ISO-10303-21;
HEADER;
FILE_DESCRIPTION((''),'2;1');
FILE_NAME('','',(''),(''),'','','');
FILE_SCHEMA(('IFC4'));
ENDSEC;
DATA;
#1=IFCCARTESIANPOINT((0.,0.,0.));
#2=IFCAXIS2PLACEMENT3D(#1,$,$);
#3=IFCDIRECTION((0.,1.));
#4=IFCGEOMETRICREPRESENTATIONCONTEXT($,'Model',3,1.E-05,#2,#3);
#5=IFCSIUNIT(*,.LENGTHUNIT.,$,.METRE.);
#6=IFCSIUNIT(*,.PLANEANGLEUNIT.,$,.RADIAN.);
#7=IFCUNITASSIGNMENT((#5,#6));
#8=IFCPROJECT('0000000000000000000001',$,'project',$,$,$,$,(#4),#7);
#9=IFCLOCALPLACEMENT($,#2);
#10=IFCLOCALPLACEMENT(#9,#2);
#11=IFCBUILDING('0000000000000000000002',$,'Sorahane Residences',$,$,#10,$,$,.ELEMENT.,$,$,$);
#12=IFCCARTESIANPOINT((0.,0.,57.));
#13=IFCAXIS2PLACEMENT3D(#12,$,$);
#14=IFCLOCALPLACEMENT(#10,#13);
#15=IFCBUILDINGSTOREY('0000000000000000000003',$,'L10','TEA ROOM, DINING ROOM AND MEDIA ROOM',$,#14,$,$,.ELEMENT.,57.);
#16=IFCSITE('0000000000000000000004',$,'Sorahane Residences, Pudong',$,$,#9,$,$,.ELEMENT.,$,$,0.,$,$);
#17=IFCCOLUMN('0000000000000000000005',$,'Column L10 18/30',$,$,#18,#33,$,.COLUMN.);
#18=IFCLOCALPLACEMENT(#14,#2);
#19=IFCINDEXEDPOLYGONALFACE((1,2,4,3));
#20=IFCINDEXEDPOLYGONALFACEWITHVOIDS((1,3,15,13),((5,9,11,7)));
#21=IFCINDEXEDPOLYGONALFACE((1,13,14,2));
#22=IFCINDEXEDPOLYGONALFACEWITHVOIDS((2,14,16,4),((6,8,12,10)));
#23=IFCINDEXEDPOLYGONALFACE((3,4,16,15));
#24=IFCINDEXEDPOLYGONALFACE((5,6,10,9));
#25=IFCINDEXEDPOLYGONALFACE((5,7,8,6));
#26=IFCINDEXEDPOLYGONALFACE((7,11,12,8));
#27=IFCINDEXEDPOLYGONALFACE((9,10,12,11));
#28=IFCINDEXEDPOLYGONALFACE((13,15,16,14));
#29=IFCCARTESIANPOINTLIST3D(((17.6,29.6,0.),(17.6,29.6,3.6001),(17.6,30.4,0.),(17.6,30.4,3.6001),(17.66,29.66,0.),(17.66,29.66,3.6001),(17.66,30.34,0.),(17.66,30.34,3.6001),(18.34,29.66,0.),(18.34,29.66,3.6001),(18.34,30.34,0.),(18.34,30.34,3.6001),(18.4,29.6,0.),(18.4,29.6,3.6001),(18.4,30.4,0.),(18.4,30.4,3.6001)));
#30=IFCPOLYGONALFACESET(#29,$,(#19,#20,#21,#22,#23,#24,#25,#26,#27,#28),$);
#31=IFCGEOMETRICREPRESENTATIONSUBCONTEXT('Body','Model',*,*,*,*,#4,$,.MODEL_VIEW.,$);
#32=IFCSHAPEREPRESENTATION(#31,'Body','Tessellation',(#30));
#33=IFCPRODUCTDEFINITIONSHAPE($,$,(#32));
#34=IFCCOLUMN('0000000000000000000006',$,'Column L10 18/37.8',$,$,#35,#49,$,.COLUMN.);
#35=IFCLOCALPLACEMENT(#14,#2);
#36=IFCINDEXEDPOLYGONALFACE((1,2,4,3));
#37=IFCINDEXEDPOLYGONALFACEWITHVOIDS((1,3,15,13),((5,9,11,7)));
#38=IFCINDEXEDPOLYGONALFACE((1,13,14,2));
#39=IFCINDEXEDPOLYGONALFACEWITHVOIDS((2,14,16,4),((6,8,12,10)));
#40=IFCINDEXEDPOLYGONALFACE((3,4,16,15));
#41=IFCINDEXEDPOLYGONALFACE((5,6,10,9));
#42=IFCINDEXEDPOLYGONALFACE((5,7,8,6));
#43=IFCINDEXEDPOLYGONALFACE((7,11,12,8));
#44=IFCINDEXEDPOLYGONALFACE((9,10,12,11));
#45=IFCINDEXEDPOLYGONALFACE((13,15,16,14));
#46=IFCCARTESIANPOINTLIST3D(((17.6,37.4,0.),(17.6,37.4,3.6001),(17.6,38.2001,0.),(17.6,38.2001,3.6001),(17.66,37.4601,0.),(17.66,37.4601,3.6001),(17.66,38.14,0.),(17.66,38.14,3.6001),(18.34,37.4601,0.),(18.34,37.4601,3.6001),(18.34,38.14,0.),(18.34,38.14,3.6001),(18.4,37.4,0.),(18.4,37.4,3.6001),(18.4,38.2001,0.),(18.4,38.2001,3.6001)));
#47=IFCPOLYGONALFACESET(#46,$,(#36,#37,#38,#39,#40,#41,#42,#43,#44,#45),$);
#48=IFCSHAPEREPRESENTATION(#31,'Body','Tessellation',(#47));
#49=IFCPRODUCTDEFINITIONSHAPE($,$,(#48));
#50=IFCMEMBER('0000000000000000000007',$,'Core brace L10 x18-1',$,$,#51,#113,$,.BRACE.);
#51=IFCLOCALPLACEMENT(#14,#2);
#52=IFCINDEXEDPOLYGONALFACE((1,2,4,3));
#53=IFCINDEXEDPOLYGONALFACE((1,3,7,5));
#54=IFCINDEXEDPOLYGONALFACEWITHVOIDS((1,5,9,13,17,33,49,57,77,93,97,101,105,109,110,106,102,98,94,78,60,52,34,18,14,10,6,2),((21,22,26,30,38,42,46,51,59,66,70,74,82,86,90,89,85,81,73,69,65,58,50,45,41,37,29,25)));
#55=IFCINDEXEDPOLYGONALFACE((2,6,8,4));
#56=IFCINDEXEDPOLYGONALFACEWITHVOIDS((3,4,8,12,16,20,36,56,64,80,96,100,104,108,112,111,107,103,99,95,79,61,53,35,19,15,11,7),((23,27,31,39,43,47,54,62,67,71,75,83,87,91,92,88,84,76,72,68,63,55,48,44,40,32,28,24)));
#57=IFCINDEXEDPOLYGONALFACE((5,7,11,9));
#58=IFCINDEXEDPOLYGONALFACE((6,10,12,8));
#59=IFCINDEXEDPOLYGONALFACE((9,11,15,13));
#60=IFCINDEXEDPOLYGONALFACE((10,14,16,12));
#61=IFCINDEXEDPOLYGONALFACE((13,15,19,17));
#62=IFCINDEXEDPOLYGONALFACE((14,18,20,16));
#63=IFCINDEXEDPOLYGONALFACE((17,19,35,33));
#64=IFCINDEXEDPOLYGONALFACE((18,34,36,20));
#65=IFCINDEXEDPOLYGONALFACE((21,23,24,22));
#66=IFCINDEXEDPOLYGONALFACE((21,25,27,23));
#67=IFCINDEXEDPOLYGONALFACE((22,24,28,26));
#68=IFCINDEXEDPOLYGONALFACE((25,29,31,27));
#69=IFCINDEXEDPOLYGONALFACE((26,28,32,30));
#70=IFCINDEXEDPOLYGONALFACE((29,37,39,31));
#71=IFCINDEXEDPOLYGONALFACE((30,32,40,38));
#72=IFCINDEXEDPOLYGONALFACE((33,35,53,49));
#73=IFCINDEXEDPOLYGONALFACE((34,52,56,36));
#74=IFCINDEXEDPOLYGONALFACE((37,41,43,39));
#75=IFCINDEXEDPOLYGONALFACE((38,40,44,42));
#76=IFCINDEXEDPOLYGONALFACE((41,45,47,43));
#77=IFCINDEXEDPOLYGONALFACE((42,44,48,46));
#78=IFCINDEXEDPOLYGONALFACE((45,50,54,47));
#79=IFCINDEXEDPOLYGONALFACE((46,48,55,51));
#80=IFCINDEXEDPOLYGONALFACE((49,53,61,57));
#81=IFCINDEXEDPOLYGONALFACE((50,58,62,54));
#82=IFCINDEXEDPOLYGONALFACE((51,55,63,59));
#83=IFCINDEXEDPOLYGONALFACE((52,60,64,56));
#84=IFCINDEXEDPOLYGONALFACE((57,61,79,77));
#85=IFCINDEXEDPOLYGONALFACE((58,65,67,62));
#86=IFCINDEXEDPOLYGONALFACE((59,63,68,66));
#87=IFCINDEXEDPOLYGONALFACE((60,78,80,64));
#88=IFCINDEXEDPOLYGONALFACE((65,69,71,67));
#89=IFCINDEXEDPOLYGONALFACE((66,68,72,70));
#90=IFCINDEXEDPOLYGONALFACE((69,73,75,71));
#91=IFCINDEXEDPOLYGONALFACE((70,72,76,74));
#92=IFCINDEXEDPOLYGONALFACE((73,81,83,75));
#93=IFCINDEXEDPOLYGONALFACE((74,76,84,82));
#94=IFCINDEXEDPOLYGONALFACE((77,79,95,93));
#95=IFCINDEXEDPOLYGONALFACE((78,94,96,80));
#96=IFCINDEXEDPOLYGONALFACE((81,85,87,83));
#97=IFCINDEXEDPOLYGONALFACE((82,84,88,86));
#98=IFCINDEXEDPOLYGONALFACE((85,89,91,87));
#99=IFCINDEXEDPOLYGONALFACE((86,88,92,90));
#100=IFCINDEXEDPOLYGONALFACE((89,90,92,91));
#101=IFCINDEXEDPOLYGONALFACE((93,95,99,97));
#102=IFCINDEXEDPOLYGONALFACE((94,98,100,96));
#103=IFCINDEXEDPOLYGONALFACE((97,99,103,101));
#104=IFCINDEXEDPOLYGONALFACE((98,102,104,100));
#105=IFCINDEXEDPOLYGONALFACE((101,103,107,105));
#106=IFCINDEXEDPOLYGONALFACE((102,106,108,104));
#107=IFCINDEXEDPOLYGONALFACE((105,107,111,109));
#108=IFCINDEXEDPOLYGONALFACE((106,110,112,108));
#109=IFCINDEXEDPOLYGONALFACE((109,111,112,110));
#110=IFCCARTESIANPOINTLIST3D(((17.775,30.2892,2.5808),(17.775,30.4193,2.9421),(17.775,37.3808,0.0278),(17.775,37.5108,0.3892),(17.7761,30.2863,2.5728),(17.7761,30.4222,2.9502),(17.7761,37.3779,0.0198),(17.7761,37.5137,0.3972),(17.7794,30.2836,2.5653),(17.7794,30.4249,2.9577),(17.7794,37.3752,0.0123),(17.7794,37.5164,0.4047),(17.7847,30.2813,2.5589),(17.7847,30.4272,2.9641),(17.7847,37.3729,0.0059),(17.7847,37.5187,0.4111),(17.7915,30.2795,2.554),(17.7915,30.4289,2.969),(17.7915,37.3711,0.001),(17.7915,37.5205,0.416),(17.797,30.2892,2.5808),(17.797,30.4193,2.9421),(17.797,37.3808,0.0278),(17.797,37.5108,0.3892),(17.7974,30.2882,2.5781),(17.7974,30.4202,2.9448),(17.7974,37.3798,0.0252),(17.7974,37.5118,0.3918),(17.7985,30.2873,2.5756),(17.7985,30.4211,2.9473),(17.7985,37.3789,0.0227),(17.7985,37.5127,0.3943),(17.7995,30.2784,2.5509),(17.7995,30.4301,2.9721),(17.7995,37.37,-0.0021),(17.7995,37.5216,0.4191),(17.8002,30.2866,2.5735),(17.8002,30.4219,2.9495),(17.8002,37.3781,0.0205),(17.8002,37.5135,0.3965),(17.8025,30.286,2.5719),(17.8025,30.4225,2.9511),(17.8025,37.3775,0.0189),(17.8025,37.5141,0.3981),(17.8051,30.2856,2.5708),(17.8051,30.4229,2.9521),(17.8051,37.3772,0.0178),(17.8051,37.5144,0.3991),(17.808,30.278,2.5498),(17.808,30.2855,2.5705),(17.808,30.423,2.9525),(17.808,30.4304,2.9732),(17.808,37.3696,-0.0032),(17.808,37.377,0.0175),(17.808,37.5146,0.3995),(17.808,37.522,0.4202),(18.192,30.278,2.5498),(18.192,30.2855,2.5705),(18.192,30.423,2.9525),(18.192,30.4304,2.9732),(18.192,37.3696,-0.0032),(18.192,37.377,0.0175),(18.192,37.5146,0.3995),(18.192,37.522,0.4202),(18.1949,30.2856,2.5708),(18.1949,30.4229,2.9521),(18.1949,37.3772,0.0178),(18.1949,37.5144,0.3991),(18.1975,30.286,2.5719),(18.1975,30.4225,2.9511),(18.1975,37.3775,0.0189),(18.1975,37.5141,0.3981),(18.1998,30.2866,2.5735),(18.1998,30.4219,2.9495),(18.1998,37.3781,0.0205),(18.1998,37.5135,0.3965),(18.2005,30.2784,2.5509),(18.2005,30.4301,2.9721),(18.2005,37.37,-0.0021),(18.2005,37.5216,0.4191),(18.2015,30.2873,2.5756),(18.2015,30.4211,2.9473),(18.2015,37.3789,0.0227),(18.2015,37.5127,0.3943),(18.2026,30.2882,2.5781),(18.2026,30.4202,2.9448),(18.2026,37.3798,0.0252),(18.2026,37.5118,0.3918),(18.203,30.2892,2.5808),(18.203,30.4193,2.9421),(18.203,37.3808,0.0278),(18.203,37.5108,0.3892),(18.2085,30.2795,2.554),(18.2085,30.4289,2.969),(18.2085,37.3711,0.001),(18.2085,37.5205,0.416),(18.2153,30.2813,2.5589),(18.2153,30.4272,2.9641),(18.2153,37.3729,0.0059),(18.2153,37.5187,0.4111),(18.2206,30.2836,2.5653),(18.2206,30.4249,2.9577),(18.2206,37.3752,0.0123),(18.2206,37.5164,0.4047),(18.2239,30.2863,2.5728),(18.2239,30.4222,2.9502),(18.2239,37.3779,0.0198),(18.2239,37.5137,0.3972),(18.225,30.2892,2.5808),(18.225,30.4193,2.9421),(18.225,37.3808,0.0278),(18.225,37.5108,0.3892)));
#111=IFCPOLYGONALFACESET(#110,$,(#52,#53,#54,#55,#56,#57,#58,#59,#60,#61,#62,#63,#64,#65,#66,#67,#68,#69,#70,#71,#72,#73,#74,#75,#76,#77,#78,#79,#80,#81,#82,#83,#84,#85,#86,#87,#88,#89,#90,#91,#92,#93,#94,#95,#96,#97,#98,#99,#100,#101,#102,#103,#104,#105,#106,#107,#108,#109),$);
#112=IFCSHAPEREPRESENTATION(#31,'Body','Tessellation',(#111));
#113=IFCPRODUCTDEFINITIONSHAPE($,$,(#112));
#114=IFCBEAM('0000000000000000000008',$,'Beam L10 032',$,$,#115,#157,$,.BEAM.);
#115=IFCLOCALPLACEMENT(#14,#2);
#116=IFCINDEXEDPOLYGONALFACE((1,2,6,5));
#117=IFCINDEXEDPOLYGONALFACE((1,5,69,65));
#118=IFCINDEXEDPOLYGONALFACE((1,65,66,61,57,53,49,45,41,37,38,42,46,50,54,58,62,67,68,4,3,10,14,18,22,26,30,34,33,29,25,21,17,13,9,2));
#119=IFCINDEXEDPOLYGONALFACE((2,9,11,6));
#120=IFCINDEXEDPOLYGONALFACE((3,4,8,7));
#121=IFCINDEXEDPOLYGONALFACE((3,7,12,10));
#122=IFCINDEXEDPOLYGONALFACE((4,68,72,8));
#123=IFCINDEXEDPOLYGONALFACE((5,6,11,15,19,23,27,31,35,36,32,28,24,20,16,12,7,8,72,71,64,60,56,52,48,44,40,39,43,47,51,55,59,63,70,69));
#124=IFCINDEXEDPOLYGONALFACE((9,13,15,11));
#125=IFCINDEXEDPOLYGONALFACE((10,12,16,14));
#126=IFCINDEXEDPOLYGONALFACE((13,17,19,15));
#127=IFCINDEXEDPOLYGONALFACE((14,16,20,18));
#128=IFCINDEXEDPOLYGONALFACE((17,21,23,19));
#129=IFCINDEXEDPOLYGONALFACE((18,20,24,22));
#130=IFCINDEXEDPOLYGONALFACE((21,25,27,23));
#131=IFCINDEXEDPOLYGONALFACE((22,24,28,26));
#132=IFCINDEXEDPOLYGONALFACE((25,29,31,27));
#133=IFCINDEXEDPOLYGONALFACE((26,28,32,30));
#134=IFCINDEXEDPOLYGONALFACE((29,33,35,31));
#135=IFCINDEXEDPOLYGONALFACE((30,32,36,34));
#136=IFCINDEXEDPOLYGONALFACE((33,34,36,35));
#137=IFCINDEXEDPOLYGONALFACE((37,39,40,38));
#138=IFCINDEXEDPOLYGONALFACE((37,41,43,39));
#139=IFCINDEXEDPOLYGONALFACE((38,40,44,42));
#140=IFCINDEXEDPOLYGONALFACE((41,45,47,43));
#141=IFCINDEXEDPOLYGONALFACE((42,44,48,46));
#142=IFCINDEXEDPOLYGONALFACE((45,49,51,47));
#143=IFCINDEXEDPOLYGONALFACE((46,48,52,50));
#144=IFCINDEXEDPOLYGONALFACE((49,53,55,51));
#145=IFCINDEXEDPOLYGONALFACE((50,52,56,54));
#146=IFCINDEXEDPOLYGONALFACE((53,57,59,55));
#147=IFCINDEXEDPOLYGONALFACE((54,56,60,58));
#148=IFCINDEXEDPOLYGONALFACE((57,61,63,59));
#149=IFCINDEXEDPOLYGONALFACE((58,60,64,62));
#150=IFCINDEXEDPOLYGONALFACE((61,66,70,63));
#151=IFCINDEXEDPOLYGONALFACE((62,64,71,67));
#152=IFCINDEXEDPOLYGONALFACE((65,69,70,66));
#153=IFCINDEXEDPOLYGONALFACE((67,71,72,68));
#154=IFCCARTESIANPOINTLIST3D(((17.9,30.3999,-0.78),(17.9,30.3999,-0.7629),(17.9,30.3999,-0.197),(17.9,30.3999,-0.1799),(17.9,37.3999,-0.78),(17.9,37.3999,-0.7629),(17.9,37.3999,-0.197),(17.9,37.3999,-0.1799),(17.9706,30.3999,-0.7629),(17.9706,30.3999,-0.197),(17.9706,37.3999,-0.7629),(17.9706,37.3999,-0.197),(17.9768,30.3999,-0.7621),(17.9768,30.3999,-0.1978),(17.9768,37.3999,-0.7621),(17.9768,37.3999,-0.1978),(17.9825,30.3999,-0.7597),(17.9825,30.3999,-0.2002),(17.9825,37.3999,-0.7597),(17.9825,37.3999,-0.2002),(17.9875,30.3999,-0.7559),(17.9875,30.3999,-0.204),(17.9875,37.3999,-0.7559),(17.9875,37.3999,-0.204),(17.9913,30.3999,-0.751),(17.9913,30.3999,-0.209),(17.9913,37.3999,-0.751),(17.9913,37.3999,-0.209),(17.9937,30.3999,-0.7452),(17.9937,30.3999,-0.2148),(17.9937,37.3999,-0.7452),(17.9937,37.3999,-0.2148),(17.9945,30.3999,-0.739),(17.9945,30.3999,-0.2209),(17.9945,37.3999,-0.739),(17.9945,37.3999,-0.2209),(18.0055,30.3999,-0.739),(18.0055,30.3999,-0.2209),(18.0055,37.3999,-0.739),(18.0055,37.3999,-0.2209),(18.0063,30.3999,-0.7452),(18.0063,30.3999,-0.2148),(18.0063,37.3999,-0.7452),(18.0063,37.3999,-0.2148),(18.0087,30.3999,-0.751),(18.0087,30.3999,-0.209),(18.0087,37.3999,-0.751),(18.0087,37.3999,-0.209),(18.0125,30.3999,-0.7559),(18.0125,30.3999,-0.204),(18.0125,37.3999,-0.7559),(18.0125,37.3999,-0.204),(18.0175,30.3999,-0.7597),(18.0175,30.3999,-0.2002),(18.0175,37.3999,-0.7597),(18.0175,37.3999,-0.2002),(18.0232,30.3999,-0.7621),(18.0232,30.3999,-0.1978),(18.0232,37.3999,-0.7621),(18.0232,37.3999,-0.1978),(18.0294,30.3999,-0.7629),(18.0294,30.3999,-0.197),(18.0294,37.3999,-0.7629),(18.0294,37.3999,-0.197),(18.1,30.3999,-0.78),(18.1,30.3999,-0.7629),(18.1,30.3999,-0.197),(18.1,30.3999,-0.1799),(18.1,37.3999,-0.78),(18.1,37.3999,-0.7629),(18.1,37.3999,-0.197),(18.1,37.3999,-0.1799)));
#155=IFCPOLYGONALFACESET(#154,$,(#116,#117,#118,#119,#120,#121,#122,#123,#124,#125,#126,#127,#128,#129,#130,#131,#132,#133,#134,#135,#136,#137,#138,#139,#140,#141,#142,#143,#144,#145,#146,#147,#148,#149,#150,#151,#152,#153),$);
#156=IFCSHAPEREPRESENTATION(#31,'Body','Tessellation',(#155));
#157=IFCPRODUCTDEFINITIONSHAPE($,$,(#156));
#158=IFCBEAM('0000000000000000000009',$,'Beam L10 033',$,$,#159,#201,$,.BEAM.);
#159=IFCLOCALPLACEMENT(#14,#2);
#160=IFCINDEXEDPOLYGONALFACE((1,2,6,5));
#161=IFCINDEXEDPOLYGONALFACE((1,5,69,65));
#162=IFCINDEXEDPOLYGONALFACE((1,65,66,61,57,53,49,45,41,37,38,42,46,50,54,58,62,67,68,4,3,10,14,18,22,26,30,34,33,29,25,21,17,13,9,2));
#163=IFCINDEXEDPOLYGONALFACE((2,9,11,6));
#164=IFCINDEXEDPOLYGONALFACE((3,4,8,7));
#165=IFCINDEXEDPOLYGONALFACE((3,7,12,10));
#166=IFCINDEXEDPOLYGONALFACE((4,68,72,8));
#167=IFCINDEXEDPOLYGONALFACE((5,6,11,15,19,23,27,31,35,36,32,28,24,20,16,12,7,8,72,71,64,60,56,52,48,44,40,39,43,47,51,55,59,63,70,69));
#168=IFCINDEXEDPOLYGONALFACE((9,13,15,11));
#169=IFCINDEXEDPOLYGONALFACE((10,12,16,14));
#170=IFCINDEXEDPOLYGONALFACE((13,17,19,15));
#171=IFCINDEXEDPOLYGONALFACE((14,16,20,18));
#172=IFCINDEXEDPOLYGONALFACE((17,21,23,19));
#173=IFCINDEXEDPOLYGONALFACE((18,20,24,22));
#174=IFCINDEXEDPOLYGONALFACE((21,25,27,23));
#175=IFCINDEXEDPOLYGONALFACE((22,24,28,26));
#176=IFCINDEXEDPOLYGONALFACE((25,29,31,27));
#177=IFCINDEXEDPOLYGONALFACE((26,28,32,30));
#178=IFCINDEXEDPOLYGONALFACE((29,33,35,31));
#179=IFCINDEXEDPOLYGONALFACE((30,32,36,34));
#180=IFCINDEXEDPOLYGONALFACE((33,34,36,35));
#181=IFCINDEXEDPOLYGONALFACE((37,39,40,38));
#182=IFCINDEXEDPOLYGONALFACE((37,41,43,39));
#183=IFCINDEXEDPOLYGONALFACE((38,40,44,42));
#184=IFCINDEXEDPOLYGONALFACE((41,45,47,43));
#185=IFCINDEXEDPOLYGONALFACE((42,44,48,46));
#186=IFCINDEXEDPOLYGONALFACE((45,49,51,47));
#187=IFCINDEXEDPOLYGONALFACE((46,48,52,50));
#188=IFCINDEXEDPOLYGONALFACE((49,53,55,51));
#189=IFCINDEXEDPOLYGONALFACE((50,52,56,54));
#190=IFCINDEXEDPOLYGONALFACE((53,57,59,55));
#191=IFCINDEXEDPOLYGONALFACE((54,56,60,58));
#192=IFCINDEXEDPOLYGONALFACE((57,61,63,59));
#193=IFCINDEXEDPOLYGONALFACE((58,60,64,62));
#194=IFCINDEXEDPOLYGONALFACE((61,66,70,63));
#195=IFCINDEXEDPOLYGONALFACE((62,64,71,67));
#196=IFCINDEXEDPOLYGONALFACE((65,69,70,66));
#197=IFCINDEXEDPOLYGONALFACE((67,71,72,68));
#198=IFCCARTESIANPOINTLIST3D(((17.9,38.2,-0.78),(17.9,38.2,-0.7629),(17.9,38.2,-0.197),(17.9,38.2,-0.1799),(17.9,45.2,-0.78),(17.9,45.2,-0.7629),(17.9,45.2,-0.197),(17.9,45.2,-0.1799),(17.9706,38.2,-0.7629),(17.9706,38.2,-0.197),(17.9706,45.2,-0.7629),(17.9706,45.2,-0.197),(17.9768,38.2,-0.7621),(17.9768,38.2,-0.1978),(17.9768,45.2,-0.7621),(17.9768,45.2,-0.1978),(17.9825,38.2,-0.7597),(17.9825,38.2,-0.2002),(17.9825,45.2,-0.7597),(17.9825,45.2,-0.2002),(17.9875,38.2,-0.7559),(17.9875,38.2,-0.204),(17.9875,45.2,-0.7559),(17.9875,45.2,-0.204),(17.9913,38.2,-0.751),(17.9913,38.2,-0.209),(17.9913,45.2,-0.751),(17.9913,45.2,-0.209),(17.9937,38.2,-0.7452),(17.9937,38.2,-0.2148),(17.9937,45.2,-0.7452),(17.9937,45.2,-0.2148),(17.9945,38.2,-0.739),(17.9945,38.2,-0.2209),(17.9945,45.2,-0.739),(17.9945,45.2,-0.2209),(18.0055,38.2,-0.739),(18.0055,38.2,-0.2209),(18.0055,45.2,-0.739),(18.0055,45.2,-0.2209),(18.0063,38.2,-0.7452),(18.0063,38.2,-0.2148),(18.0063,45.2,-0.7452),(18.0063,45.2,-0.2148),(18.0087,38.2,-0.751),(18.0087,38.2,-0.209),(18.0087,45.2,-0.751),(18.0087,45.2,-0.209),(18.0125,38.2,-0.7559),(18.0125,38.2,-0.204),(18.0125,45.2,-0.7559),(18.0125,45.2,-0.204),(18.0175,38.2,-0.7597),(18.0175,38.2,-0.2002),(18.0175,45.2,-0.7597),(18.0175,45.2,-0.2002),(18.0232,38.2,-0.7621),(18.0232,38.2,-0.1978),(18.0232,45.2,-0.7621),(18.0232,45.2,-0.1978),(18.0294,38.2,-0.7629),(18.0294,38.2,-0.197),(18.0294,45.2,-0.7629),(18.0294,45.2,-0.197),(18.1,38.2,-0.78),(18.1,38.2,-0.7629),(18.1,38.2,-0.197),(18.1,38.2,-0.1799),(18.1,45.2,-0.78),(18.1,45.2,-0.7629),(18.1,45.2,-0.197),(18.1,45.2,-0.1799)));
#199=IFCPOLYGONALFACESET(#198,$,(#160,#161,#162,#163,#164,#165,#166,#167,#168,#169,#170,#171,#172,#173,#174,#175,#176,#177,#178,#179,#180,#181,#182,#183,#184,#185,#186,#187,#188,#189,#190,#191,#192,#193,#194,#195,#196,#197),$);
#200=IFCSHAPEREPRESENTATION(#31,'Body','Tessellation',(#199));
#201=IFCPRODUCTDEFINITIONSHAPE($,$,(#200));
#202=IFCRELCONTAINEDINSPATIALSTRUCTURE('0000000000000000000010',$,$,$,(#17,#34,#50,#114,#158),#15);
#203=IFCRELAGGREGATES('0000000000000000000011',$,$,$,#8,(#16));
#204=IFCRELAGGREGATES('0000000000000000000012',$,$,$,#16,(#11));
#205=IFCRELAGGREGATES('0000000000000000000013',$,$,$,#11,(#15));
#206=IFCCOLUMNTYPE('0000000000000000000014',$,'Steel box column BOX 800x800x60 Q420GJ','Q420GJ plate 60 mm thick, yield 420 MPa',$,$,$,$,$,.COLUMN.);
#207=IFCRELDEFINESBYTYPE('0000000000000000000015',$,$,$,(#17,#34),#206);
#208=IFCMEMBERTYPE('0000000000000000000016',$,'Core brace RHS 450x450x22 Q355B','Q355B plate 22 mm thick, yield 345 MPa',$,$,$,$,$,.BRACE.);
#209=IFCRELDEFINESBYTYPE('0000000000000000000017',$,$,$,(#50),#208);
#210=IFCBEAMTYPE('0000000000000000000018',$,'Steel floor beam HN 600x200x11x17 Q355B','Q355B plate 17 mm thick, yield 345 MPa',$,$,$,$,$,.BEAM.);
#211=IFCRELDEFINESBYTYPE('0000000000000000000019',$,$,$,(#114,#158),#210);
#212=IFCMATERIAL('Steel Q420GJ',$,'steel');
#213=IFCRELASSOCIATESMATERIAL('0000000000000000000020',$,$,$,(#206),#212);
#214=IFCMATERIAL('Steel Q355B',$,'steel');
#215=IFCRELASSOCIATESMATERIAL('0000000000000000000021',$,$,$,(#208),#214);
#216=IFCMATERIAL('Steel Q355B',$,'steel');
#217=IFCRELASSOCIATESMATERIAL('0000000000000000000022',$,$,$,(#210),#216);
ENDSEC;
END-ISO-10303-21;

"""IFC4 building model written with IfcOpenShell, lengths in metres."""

from ifc_helpers import new_model, si_unit, direction, frame, origin, origin_2d, place, context, subcontext, project, spatial, hollow_rectangle, i_section, extrude, material, material_profile, profile_set, type_object, element, save


model = new_model("IFC4")

# Units and contexts
model_context = context("Model", 3, precision=1e-05, world=origin(), true_north=direction((0.0, 1.0)))
body_context = subcontext(model_context, "Body", "Model", "MODEL_VIEW")
ifc_project = project(units=[si_unit("LENGTHUNIT", "METRE"), si_unit("PLANEANGLEUNIT", "RADIAN")], contexts=[model_context])

# Site, building, storey
site_placement = place(None, origin())
site = spatial("IfcSite", under=ifc_project, at=site_placement, Name="Sorahane Residences, Pudong", CompositionType="ELEMENT", RefElevation=0.0)
building_placement = place(site_placement, origin())
building = spatial("IfcBuilding", under=site, at=building_placement, Name="Sorahane Residences", CompositionType="ELEMENT")
storey_placement = place(building_placement, frame((0.0, 0.0, 57.0)))
storey = spatial("IfcBuildingStorey", under=building, at=storey_placement, Name="L10", Description="TEA ROOM, DINING ROOM AND MEDIA ROOM", CompositionType="ELEMENT", Elevation=57.0)

# Columns
ifc_material_1 = material(Name="Steel Q420GJ", Category="steel")
ifc_material_profile_1 = material_profile(ifc_material_1, hollow_rectangle(XDim=0.8, YDim=0.8, WallThickness=0.0601, at=origin_2d()), Name="BOX 800x800x60")
ifc_profile_set_1 = profile_set([ifc_material_profile_1], Name="Steel Q420GJ")
column_type = type_object("IfcColumnType", Name="Steel box column BOX 800x800x60 Q420GJ", Description="Q420GJ plate 60 mm thick, yield 420 MPa", PredefinedType="COLUMN", material=ifc_profile_set_1)
for number, where, z_axis, x_axis, name in (
    (1, (18.0, 30.0, 0.0), (0.0, 0.0, 1.0), (1.0, 0.0, 0.0), "Column L10 18/30"),
    (2, (18.0, 37.8, 0.0), (0.0, 0.0, 1.0), (1.0, 0.0, 0.0), "Column L10 18/37.8"),
):
    element("IfcColumn", number, at=place(storey_placement, frame(where, z_axis=z_axis, x_axis=x_axis)), inside=storey, type_object=column_type, Name=name, PredefinedType="COLUMN", context=body_context, shape_type="SweptSolid", body=[
        extrude(hollow_rectangle(XDim=0.8, YDim=0.8, WallThickness=0.0601, at=origin_2d()), origin(), (0.0, 0.0, 1.0), 3.6001),
    ])

# Member
ifc_material_2 = material(Name="Steel Q355B", Category="steel")
ifc_material_profile_2 = material_profile(ifc_material_2, hollow_rectangle(XDim=0.45, YDim=0.45, WallThickness=0.022, InnerFilletRadius=0.011, OuterFilletRadius=0.033, at=origin_2d()), Name="RHS 450x450x22")
ifc_profile_set_2 = profile_set([ifc_material_profile_2], Name="Steel Q355B")
member_type = type_object("IfcMemberType", Name="Core brace RHS 450x450x22 Q355B", Description="Q355B plate 22 mm thick, yield 345 MPa", PredefinedType="BRACE", material=ifc_profile_set_2)
member_placement = place(storey_placement, frame((18.0, 37.4458, 0.2085), z_axis=(0.0, -0.940887, 0.338722), x_axis=(1.0, 0.0, 0.0)))
element("IfcMember", 3, at=member_placement, inside=storey, type_object=member_type, Name="Core brace L10 x18-1", PredefinedType="BRACE", context=body_context, shape_type="SweptSolid", body=[
    extrude(hollow_rectangle(XDim=0.45, YDim=0.45, WallThickness=0.022, InnerFilletRadius=0.011, OuterFilletRadius=0.033, at=origin_2d()), origin(), (0.0, 0.0, 1.0), 7.5371),
])

# Beams
ifc_material_3 = material(Name="Steel Q355B", Category="steel")
ifc_material_profile_3 = material_profile(ifc_material_3, i_section(OverallWidth=0.2, OverallDepth=0.6001, WebThickness=0.011, FlangeThickness=0.0171, FilletRadius=0.0239, at=origin_2d()), Name="HN 600x200x11x17")
ifc_profile_set_3 = profile_set([ifc_material_profile_3], Name="Steel Q355B")
beam_type = type_object("IfcBeamType", Name="Steel floor beam HN 600x200x11x17 Q355B", Description="Q355B plate 17 mm thick, yield 345 MPa", PredefinedType="BEAM", material=ifc_profile_set_3)
for number, where, z_axis, x_axis, name in (
    (4, (18.0, 30.3999, -0.48), (0.0, 1.0, 0.0), (-1.0, 0.0, 0.0), "Beam L10 032"),
    (5, (18.0, 38.2, -0.48), (0.0, 1.0, 0.0), (-1.0, 0.0, 0.0), "Beam L10 033"),
):
    element("IfcBeam", number, at=place(storey_placement, frame(where, z_axis=z_axis, x_axis=x_axis)), inside=storey, type_object=beam_type, Name=name, PredefinedType="BEAM", context=body_context, shape_type="SweptSolid", body=[
        extrude(i_section(OverallWidth=0.2, OverallDepth=0.6001, WebThickness=0.011, FlangeThickness=0.0171, FilletRadius=0.0239, at=origin_2d()), origin(), (0.0, 0.0, 1.0), 7.0),
    ])

save(model, "model.ifc")
